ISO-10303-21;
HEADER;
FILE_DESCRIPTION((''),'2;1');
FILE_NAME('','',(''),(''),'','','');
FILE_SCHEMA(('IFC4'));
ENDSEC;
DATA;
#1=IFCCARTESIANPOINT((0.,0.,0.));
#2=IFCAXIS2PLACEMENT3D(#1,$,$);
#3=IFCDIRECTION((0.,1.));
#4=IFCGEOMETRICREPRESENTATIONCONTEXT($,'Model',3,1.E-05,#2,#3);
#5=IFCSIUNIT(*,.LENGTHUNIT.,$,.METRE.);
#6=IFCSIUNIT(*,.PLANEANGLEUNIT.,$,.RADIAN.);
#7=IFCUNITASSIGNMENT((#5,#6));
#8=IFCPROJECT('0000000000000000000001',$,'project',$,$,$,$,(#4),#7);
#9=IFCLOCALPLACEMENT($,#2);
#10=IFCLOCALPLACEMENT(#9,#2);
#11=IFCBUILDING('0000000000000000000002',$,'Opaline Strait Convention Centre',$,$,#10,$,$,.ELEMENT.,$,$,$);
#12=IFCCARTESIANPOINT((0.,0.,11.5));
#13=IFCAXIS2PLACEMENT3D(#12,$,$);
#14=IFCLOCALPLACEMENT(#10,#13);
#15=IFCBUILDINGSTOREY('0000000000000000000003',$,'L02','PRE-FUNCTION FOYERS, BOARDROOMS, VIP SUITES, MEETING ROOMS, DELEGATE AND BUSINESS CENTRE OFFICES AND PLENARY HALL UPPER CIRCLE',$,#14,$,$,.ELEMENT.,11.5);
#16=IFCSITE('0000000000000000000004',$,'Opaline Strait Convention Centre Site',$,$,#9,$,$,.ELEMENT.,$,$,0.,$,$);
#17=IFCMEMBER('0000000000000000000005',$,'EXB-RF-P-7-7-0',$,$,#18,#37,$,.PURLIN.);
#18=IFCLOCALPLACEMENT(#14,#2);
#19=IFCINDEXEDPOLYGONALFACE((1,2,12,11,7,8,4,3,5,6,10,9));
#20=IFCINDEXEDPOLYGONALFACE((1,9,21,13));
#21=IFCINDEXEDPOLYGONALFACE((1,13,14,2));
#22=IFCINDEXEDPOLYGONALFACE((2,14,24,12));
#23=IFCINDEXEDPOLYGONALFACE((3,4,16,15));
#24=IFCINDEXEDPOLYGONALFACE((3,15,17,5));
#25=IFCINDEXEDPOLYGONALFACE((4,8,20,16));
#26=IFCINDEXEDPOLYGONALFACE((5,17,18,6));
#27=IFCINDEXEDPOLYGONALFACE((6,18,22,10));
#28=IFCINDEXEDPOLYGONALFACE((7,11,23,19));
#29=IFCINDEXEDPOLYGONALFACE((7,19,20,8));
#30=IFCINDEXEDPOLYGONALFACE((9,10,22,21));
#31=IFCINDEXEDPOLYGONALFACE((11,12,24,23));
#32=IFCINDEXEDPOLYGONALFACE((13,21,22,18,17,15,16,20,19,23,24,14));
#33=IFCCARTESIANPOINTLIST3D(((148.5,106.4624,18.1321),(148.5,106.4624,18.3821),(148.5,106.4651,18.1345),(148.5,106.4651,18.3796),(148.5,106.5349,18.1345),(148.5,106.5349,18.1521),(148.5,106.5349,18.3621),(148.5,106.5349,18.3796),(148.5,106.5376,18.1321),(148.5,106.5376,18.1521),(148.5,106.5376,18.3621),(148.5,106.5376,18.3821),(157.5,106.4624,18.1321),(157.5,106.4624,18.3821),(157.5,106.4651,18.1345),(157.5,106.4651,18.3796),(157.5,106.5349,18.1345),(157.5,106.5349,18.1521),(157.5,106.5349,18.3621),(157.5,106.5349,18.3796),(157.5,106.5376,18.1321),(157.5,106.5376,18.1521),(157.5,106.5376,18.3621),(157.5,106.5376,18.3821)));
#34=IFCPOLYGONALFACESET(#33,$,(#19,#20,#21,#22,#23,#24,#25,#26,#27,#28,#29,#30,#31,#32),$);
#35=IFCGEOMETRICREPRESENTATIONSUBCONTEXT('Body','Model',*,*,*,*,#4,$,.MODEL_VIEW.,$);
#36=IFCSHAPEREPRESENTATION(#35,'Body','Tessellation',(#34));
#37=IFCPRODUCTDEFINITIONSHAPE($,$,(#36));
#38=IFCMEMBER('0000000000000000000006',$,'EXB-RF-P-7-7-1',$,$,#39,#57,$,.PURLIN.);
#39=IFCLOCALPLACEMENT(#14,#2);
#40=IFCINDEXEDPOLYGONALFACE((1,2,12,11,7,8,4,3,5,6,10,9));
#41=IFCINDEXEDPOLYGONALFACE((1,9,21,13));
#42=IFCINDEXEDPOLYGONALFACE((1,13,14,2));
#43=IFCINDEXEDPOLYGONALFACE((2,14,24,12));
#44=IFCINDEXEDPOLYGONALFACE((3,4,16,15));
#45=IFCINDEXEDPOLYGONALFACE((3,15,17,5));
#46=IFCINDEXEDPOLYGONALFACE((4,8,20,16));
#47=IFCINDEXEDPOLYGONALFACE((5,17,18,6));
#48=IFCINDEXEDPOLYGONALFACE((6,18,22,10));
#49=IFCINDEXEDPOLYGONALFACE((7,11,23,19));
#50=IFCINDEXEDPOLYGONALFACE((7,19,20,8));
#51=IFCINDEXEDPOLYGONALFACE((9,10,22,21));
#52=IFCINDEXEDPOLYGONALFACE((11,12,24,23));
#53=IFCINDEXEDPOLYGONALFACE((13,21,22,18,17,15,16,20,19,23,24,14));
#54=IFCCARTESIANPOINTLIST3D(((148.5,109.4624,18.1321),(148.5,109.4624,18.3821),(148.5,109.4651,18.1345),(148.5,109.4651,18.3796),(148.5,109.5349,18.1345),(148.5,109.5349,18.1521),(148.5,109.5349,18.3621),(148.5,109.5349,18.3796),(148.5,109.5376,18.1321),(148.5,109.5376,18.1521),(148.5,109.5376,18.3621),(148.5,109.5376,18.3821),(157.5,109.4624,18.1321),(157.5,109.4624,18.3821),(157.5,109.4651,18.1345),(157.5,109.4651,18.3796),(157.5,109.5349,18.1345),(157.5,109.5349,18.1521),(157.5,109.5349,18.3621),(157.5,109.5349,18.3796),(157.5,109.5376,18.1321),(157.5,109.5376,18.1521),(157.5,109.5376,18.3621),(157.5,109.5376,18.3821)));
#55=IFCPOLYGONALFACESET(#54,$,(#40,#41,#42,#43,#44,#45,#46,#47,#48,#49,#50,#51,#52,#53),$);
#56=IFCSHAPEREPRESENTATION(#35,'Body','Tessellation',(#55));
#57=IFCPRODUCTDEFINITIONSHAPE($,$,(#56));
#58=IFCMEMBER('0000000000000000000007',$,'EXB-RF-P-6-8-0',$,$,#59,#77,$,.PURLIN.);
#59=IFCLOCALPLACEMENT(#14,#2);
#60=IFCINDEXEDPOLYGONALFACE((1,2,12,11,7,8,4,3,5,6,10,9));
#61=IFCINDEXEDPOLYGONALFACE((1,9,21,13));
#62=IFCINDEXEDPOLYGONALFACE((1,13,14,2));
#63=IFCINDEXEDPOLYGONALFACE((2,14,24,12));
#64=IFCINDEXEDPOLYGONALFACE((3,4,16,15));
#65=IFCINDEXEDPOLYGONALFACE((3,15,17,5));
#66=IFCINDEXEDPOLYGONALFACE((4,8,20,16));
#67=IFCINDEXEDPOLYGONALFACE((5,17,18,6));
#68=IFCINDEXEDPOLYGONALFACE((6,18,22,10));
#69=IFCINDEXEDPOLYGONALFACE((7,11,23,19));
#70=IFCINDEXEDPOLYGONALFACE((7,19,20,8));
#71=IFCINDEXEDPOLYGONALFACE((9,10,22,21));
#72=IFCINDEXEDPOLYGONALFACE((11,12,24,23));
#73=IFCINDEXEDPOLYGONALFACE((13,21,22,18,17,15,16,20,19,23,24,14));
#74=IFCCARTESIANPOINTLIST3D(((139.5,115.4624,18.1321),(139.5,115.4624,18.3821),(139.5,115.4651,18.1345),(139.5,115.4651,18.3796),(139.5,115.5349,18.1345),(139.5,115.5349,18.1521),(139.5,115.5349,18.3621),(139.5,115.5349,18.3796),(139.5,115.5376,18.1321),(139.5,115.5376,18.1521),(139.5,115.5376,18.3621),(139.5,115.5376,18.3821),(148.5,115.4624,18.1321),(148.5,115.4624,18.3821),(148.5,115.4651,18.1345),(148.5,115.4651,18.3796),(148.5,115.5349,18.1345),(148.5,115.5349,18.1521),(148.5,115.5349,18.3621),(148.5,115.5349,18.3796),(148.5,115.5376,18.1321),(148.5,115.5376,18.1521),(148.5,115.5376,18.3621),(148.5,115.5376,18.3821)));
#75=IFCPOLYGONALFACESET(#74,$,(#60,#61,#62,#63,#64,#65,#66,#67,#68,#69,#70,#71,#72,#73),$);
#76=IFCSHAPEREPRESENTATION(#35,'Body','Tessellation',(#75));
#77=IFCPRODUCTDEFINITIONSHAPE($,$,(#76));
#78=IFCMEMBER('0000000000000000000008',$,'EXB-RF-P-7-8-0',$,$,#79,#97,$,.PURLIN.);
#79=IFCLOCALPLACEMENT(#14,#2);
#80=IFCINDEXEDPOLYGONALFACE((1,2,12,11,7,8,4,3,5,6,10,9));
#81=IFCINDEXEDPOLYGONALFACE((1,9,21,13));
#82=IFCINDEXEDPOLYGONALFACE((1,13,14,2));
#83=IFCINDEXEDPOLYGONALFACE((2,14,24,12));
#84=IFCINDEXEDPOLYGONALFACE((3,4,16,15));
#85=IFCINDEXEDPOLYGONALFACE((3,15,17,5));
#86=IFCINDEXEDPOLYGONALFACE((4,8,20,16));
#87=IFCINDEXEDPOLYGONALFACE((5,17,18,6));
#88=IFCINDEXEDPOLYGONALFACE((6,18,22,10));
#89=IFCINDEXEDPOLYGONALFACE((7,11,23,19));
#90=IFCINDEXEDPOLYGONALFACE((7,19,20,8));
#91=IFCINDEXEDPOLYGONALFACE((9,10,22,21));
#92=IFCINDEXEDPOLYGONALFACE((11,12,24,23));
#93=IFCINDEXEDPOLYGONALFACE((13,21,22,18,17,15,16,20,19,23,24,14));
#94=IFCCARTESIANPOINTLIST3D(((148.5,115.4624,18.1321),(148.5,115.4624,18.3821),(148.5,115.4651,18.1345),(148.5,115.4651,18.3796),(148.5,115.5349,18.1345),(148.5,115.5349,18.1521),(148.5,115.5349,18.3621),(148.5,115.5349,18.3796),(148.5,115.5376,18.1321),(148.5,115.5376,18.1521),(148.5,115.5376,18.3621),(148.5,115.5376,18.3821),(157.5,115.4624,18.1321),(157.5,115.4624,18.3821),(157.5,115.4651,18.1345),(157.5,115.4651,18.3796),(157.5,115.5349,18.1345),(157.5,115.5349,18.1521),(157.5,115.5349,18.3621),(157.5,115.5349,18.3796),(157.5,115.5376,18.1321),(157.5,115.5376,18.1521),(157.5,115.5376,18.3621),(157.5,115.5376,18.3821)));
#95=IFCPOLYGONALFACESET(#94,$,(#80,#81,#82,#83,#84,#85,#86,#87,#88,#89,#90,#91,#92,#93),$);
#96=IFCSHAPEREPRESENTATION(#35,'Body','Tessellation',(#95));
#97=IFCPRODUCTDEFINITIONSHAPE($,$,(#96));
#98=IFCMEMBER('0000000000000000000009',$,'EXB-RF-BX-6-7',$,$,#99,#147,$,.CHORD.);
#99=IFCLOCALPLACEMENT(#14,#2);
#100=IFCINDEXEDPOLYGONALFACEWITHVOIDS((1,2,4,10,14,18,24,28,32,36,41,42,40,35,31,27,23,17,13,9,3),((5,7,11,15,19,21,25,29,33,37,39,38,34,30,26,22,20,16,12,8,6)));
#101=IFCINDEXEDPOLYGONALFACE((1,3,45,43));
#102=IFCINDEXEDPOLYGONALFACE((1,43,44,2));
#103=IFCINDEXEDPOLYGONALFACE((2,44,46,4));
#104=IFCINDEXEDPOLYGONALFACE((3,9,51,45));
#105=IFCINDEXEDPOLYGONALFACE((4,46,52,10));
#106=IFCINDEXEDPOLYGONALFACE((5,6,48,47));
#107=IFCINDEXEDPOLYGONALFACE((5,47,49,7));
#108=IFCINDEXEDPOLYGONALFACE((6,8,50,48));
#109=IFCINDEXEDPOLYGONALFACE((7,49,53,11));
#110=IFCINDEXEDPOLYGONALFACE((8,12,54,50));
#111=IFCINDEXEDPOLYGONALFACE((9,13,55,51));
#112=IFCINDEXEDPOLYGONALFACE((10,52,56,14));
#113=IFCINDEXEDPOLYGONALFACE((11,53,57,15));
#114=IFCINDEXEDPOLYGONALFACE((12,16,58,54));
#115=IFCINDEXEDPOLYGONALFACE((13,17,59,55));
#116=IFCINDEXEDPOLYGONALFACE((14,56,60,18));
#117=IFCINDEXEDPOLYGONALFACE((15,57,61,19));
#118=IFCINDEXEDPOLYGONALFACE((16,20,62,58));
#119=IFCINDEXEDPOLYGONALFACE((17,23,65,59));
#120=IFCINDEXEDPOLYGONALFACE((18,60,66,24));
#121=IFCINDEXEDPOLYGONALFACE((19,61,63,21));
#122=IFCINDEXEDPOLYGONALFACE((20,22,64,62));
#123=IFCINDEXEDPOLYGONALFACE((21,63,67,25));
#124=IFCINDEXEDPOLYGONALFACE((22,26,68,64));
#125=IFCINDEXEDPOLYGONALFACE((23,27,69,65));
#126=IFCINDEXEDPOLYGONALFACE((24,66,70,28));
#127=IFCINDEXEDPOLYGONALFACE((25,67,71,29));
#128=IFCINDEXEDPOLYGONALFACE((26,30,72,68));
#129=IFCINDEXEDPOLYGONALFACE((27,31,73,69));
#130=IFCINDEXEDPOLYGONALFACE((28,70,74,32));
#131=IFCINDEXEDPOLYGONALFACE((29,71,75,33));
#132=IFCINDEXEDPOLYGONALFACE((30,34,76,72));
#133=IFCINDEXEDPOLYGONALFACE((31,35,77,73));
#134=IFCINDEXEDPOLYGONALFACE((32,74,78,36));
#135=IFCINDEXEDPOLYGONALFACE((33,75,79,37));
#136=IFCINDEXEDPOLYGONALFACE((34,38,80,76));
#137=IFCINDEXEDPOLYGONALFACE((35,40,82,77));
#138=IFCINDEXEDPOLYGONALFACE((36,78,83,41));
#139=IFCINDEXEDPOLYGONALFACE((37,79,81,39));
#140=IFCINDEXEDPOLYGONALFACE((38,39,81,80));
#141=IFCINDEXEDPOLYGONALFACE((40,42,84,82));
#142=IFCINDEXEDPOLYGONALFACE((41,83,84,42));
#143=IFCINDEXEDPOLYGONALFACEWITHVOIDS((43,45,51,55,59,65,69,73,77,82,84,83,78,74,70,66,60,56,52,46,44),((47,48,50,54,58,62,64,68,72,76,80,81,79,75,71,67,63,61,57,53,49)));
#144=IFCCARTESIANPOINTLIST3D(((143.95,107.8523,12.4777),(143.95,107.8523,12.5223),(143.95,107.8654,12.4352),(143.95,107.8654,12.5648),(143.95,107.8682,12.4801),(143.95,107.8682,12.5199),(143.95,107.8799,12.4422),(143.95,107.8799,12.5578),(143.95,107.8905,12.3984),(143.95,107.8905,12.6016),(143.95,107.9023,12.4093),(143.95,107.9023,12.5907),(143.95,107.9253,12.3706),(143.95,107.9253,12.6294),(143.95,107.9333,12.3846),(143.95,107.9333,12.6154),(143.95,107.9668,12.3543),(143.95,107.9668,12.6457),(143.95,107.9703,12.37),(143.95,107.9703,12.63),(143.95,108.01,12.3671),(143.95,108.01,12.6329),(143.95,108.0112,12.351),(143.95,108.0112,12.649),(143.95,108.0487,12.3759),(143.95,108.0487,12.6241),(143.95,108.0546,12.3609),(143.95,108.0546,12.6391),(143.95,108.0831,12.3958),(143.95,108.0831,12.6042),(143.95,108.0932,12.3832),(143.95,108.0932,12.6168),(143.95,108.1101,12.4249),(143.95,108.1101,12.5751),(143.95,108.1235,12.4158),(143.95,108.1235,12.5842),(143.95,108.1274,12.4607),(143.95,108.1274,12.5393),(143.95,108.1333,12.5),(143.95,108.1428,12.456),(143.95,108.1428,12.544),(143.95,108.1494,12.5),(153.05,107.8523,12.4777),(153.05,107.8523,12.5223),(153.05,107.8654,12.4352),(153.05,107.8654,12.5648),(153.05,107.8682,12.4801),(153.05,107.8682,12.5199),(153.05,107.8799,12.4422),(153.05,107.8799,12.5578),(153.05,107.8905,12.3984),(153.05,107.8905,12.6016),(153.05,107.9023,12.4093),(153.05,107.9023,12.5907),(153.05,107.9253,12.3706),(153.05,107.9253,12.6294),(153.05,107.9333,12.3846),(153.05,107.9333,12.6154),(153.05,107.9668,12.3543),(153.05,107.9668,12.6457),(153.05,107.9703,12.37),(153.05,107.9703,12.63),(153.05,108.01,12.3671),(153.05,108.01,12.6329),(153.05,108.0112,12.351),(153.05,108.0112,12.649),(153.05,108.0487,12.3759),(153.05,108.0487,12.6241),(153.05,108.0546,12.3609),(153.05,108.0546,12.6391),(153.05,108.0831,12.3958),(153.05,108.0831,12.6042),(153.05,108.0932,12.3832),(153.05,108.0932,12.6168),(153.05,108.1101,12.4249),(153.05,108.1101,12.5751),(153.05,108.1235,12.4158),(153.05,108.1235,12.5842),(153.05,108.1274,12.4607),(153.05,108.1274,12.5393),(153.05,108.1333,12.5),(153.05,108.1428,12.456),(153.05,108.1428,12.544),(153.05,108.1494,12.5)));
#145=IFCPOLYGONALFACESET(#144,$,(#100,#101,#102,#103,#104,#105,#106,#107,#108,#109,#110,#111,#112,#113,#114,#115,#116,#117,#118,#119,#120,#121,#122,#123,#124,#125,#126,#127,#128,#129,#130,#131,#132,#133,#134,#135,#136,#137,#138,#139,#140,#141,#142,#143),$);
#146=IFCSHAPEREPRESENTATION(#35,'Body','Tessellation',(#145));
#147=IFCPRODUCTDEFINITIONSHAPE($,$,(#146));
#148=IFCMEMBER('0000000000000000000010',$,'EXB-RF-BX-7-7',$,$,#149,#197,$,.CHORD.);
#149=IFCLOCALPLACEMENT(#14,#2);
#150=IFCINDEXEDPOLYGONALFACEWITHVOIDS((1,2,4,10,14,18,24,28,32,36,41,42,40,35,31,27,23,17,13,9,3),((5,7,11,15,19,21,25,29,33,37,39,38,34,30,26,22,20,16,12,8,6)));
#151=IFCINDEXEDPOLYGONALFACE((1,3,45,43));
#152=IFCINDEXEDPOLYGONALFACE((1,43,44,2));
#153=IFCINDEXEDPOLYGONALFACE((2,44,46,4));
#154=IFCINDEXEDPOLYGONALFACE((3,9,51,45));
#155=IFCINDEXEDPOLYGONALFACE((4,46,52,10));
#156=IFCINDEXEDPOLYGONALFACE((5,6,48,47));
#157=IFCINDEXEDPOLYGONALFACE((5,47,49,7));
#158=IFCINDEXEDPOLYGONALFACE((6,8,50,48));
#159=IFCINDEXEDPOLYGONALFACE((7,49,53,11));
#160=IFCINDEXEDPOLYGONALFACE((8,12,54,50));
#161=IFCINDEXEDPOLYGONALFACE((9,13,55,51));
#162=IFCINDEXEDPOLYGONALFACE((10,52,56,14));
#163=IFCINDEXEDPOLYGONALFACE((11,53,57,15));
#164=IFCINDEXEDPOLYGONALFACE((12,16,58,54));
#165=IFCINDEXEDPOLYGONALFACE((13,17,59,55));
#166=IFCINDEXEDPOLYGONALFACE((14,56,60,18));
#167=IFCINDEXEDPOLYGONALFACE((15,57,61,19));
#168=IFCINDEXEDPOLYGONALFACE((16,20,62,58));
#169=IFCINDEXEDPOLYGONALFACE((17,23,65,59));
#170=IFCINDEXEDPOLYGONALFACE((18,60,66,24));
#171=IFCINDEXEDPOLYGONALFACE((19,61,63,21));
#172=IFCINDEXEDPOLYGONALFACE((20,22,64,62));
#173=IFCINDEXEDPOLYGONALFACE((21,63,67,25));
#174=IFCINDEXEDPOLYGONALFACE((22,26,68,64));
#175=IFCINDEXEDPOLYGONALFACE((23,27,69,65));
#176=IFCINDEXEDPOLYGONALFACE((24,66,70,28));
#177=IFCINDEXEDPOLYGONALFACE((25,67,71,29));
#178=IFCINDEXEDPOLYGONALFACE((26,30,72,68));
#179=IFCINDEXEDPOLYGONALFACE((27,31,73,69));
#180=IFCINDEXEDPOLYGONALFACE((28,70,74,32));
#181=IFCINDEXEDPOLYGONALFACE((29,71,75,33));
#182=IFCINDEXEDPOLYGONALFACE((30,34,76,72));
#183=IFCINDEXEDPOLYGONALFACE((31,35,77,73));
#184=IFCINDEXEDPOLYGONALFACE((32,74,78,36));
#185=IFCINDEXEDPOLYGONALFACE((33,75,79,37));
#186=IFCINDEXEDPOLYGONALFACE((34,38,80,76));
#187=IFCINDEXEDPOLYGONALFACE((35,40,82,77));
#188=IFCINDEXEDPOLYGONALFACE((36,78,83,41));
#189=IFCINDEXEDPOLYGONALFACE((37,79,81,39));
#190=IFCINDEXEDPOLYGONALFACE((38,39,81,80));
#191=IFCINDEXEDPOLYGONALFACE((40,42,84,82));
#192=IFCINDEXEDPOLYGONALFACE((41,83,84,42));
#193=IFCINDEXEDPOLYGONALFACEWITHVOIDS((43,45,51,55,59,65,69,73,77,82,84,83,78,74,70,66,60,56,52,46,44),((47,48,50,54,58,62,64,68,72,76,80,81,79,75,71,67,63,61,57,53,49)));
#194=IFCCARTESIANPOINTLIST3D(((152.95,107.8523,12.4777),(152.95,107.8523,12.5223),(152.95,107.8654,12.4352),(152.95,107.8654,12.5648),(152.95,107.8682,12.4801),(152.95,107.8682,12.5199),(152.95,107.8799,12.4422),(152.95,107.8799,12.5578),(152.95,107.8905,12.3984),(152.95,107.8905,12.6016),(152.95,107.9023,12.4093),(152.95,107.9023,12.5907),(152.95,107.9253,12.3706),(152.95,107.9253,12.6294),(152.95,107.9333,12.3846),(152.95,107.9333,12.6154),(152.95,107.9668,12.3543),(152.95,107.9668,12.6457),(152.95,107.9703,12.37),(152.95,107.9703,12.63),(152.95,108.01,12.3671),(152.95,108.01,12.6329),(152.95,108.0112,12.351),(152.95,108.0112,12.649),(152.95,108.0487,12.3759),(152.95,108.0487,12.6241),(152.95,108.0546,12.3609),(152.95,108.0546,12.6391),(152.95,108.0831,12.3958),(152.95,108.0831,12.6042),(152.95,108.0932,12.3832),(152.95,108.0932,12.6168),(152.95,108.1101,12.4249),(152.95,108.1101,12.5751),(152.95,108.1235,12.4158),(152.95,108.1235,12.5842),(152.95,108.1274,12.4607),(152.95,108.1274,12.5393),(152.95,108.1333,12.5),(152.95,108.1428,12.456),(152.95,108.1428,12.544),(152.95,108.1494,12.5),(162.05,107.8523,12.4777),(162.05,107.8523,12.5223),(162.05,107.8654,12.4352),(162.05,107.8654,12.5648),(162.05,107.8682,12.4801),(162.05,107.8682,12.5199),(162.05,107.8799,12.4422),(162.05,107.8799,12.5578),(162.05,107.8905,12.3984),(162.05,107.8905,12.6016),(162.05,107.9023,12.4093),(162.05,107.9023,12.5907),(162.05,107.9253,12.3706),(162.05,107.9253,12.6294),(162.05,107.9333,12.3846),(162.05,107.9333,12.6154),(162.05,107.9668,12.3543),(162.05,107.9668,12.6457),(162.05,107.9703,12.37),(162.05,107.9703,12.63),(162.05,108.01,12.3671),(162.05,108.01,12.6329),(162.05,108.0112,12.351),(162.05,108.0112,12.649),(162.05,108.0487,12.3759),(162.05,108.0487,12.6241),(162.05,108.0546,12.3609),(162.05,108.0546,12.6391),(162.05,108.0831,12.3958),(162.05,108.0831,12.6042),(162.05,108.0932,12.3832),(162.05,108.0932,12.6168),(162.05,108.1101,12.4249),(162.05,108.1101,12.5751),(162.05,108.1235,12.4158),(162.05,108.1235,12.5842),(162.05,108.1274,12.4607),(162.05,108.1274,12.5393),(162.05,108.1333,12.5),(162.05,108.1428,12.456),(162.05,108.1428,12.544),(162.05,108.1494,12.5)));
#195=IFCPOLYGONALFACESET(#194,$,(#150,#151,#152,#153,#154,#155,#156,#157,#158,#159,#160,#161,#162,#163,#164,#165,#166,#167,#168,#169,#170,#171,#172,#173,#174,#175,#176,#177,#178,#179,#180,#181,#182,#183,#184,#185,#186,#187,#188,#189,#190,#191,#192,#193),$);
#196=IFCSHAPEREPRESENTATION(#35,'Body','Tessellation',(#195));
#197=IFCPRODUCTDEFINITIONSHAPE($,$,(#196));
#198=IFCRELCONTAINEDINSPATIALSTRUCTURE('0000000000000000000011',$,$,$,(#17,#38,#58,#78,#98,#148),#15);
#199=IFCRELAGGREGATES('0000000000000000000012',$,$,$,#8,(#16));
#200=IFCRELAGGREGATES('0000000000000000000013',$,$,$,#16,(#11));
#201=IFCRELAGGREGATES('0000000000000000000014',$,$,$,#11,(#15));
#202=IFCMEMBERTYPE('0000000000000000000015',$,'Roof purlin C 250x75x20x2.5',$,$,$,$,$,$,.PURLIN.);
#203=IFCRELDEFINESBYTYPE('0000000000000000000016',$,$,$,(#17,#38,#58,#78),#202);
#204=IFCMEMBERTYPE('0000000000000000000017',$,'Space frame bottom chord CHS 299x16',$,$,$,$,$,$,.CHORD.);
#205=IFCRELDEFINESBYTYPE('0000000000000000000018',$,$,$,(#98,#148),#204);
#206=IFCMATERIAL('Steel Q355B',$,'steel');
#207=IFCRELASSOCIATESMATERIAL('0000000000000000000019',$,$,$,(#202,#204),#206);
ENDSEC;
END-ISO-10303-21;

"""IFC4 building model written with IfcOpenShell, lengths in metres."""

from ifc_helpers import new_model, si_unit, direction, frame, origin, origin_2d, place, context, subcontext, project, spatial, polyline, hollow_circle, outline, extrude, material, material_profile, profile_set, type_object, element, save


model = new_model("IFC4")

# Units and contexts
model_context = context("Model", 3, precision=1e-05, world=origin(), true_north=direction((0.0, 1.0)))
body_context = subcontext(model_context, "Body", "Model", "MODEL_VIEW")
ifc_project = project(units=[si_unit("LENGTHUNIT", "METRE"), si_unit("PLANEANGLEUNIT", "RADIAN")], contexts=[model_context])

# Site, building, storey
site_placement = place(None, origin())
site = spatial("IfcSite", under=ifc_project, at=site_placement, Name="Opaline Strait Convention Centre Site", CompositionType="ELEMENT", RefElevation=0.0)
building_placement = place(site_placement, origin())
building = spatial("IfcBuilding", under=site, at=building_placement, Name="Opaline Strait Convention Centre", CompositionType="ELEMENT")
storey_placement = place(building_placement, frame((0.0, 0.0, 11.5)))
storey = spatial("IfcBuildingStorey", under=building, at=storey_placement, Name="L02", Description="PRE-FUNCTION FOYERS, BOARDROOMS, VIP SUITES, MEETING ROOMS, DELEGATE AND BUSINESS CENTRE OFFICES AND PLENARY HALL UPPER CIRCLE", CompositionType="ELEMENT", Elevation=11.5)

# Members
ifc_material = material(Name="Steel Q355B", Category="steel")
ifc_material_profile_1 = material_profile(ifc_material, outline(polyline([(-0.0376, -0.125), (0.0376, -0.125), (0.0376, -0.105), (0.0349, -0.105), (0.0349, -0.1226), (-0.0349, -0.1226), (-0.0349, 0.1226), (0.0349, 0.1226), (0.0349, 0.105), (0.0376, 0.105), (0.0376, 0.125), (-0.0376, 0.125), (-0.0376, -0.125)])), Name="C 250x75x20x2.5")
ifc_profile_set_1 = profile_set([ifc_material_profile_1], Name="Steel Q355B")
member_type_1 = type_object("IfcMemberType", Name="Roof purlin C 250x75x20x2.5", PredefinedType="PURLIN", material=ifc_profile_set_1)
for number, where, z_axis, x_axis, name in (
    (1, (148.5, 106.5, 18.2571), (1.0, 0.0, 0.0), (0.0, 1.0, 0.0), "EXB-RF-P-7-7-0"),
    (2, (148.5, 109.5, 18.2571), (1.0, 0.0, 0.0), (0.0, 1.0, 0.0), "EXB-RF-P-7-7-1"),
    (3, (139.5, 115.5, 18.2571), (1.0, 0.0, 0.0), (0.0, 1.0, 0.0), "EXB-RF-P-6-8-0"),
    (4, (148.5, 115.5, 18.2571), (1.0, 0.0, 0.0), (0.0, 1.0, 0.0), "EXB-RF-P-7-8-0"),
):
    element("IfcMember", number, at=place(storey_placement, frame(where, z_axis=z_axis, x_axis=x_axis)), inside=storey, type_object=member_type_1, Name=name, PredefinedType="PURLIN", context=body_context, shape_type="SweptSolid", body=[
        extrude(outline(polyline([(-0.0376, -0.125), (0.0376, -0.125), (0.0376, -0.105), (0.0349, -0.105), (0.0349, -0.1226), (-0.0349, -0.1226), (-0.0349, 0.1226), (0.0349, 0.1226), (0.0349, 0.105), (0.0376, 0.105), (0.0376, 0.125), (-0.0376, 0.125), (-0.0376, -0.125)])), origin(), (0.0, 0.0, 1.0), 9.0),
    ])
ifc_material_profile_2 = material_profile(ifc_material, hollow_circle(Radius=0.1494, WallThickness=0.0161, at=origin_2d()), Name="CHS 299x16")
ifc_profile_set_2 = profile_set([ifc_material_profile_2], Name="Steel Q355B")
member_type_2 = type_object("IfcMemberType", Name="Space frame bottom chord CHS 299x16", PredefinedType="CHORD", material=ifc_profile_set_2)
for number, where, z_axis, x_axis, name in (
    (5, (143.95, 108.0, 12.5), (1.0, 0.0, 0.0), (0.0, 1.0, 0.0), "EXB-RF-BX-6-7"),
    (6, (152.95, 108.0, 12.5), (1.0, 0.0, 0.0), (0.0, 1.0, 0.0), "EXB-RF-BX-7-7"),
):
    element("IfcMember", number, at=place(storey_placement, frame(where, z_axis=z_axis, x_axis=x_axis)), inside=storey, type_object=member_type_2, Name=name, PredefinedType="CHORD", context=body_context, shape_type="SweptSolid", body=[
        extrude(hollow_circle(Radius=0.1494, WallThickness=0.0161, at=origin_2d()), origin(), (0.0, 0.0, 1.0), 9.1001),
    ])

save(model, "model.ifc")
